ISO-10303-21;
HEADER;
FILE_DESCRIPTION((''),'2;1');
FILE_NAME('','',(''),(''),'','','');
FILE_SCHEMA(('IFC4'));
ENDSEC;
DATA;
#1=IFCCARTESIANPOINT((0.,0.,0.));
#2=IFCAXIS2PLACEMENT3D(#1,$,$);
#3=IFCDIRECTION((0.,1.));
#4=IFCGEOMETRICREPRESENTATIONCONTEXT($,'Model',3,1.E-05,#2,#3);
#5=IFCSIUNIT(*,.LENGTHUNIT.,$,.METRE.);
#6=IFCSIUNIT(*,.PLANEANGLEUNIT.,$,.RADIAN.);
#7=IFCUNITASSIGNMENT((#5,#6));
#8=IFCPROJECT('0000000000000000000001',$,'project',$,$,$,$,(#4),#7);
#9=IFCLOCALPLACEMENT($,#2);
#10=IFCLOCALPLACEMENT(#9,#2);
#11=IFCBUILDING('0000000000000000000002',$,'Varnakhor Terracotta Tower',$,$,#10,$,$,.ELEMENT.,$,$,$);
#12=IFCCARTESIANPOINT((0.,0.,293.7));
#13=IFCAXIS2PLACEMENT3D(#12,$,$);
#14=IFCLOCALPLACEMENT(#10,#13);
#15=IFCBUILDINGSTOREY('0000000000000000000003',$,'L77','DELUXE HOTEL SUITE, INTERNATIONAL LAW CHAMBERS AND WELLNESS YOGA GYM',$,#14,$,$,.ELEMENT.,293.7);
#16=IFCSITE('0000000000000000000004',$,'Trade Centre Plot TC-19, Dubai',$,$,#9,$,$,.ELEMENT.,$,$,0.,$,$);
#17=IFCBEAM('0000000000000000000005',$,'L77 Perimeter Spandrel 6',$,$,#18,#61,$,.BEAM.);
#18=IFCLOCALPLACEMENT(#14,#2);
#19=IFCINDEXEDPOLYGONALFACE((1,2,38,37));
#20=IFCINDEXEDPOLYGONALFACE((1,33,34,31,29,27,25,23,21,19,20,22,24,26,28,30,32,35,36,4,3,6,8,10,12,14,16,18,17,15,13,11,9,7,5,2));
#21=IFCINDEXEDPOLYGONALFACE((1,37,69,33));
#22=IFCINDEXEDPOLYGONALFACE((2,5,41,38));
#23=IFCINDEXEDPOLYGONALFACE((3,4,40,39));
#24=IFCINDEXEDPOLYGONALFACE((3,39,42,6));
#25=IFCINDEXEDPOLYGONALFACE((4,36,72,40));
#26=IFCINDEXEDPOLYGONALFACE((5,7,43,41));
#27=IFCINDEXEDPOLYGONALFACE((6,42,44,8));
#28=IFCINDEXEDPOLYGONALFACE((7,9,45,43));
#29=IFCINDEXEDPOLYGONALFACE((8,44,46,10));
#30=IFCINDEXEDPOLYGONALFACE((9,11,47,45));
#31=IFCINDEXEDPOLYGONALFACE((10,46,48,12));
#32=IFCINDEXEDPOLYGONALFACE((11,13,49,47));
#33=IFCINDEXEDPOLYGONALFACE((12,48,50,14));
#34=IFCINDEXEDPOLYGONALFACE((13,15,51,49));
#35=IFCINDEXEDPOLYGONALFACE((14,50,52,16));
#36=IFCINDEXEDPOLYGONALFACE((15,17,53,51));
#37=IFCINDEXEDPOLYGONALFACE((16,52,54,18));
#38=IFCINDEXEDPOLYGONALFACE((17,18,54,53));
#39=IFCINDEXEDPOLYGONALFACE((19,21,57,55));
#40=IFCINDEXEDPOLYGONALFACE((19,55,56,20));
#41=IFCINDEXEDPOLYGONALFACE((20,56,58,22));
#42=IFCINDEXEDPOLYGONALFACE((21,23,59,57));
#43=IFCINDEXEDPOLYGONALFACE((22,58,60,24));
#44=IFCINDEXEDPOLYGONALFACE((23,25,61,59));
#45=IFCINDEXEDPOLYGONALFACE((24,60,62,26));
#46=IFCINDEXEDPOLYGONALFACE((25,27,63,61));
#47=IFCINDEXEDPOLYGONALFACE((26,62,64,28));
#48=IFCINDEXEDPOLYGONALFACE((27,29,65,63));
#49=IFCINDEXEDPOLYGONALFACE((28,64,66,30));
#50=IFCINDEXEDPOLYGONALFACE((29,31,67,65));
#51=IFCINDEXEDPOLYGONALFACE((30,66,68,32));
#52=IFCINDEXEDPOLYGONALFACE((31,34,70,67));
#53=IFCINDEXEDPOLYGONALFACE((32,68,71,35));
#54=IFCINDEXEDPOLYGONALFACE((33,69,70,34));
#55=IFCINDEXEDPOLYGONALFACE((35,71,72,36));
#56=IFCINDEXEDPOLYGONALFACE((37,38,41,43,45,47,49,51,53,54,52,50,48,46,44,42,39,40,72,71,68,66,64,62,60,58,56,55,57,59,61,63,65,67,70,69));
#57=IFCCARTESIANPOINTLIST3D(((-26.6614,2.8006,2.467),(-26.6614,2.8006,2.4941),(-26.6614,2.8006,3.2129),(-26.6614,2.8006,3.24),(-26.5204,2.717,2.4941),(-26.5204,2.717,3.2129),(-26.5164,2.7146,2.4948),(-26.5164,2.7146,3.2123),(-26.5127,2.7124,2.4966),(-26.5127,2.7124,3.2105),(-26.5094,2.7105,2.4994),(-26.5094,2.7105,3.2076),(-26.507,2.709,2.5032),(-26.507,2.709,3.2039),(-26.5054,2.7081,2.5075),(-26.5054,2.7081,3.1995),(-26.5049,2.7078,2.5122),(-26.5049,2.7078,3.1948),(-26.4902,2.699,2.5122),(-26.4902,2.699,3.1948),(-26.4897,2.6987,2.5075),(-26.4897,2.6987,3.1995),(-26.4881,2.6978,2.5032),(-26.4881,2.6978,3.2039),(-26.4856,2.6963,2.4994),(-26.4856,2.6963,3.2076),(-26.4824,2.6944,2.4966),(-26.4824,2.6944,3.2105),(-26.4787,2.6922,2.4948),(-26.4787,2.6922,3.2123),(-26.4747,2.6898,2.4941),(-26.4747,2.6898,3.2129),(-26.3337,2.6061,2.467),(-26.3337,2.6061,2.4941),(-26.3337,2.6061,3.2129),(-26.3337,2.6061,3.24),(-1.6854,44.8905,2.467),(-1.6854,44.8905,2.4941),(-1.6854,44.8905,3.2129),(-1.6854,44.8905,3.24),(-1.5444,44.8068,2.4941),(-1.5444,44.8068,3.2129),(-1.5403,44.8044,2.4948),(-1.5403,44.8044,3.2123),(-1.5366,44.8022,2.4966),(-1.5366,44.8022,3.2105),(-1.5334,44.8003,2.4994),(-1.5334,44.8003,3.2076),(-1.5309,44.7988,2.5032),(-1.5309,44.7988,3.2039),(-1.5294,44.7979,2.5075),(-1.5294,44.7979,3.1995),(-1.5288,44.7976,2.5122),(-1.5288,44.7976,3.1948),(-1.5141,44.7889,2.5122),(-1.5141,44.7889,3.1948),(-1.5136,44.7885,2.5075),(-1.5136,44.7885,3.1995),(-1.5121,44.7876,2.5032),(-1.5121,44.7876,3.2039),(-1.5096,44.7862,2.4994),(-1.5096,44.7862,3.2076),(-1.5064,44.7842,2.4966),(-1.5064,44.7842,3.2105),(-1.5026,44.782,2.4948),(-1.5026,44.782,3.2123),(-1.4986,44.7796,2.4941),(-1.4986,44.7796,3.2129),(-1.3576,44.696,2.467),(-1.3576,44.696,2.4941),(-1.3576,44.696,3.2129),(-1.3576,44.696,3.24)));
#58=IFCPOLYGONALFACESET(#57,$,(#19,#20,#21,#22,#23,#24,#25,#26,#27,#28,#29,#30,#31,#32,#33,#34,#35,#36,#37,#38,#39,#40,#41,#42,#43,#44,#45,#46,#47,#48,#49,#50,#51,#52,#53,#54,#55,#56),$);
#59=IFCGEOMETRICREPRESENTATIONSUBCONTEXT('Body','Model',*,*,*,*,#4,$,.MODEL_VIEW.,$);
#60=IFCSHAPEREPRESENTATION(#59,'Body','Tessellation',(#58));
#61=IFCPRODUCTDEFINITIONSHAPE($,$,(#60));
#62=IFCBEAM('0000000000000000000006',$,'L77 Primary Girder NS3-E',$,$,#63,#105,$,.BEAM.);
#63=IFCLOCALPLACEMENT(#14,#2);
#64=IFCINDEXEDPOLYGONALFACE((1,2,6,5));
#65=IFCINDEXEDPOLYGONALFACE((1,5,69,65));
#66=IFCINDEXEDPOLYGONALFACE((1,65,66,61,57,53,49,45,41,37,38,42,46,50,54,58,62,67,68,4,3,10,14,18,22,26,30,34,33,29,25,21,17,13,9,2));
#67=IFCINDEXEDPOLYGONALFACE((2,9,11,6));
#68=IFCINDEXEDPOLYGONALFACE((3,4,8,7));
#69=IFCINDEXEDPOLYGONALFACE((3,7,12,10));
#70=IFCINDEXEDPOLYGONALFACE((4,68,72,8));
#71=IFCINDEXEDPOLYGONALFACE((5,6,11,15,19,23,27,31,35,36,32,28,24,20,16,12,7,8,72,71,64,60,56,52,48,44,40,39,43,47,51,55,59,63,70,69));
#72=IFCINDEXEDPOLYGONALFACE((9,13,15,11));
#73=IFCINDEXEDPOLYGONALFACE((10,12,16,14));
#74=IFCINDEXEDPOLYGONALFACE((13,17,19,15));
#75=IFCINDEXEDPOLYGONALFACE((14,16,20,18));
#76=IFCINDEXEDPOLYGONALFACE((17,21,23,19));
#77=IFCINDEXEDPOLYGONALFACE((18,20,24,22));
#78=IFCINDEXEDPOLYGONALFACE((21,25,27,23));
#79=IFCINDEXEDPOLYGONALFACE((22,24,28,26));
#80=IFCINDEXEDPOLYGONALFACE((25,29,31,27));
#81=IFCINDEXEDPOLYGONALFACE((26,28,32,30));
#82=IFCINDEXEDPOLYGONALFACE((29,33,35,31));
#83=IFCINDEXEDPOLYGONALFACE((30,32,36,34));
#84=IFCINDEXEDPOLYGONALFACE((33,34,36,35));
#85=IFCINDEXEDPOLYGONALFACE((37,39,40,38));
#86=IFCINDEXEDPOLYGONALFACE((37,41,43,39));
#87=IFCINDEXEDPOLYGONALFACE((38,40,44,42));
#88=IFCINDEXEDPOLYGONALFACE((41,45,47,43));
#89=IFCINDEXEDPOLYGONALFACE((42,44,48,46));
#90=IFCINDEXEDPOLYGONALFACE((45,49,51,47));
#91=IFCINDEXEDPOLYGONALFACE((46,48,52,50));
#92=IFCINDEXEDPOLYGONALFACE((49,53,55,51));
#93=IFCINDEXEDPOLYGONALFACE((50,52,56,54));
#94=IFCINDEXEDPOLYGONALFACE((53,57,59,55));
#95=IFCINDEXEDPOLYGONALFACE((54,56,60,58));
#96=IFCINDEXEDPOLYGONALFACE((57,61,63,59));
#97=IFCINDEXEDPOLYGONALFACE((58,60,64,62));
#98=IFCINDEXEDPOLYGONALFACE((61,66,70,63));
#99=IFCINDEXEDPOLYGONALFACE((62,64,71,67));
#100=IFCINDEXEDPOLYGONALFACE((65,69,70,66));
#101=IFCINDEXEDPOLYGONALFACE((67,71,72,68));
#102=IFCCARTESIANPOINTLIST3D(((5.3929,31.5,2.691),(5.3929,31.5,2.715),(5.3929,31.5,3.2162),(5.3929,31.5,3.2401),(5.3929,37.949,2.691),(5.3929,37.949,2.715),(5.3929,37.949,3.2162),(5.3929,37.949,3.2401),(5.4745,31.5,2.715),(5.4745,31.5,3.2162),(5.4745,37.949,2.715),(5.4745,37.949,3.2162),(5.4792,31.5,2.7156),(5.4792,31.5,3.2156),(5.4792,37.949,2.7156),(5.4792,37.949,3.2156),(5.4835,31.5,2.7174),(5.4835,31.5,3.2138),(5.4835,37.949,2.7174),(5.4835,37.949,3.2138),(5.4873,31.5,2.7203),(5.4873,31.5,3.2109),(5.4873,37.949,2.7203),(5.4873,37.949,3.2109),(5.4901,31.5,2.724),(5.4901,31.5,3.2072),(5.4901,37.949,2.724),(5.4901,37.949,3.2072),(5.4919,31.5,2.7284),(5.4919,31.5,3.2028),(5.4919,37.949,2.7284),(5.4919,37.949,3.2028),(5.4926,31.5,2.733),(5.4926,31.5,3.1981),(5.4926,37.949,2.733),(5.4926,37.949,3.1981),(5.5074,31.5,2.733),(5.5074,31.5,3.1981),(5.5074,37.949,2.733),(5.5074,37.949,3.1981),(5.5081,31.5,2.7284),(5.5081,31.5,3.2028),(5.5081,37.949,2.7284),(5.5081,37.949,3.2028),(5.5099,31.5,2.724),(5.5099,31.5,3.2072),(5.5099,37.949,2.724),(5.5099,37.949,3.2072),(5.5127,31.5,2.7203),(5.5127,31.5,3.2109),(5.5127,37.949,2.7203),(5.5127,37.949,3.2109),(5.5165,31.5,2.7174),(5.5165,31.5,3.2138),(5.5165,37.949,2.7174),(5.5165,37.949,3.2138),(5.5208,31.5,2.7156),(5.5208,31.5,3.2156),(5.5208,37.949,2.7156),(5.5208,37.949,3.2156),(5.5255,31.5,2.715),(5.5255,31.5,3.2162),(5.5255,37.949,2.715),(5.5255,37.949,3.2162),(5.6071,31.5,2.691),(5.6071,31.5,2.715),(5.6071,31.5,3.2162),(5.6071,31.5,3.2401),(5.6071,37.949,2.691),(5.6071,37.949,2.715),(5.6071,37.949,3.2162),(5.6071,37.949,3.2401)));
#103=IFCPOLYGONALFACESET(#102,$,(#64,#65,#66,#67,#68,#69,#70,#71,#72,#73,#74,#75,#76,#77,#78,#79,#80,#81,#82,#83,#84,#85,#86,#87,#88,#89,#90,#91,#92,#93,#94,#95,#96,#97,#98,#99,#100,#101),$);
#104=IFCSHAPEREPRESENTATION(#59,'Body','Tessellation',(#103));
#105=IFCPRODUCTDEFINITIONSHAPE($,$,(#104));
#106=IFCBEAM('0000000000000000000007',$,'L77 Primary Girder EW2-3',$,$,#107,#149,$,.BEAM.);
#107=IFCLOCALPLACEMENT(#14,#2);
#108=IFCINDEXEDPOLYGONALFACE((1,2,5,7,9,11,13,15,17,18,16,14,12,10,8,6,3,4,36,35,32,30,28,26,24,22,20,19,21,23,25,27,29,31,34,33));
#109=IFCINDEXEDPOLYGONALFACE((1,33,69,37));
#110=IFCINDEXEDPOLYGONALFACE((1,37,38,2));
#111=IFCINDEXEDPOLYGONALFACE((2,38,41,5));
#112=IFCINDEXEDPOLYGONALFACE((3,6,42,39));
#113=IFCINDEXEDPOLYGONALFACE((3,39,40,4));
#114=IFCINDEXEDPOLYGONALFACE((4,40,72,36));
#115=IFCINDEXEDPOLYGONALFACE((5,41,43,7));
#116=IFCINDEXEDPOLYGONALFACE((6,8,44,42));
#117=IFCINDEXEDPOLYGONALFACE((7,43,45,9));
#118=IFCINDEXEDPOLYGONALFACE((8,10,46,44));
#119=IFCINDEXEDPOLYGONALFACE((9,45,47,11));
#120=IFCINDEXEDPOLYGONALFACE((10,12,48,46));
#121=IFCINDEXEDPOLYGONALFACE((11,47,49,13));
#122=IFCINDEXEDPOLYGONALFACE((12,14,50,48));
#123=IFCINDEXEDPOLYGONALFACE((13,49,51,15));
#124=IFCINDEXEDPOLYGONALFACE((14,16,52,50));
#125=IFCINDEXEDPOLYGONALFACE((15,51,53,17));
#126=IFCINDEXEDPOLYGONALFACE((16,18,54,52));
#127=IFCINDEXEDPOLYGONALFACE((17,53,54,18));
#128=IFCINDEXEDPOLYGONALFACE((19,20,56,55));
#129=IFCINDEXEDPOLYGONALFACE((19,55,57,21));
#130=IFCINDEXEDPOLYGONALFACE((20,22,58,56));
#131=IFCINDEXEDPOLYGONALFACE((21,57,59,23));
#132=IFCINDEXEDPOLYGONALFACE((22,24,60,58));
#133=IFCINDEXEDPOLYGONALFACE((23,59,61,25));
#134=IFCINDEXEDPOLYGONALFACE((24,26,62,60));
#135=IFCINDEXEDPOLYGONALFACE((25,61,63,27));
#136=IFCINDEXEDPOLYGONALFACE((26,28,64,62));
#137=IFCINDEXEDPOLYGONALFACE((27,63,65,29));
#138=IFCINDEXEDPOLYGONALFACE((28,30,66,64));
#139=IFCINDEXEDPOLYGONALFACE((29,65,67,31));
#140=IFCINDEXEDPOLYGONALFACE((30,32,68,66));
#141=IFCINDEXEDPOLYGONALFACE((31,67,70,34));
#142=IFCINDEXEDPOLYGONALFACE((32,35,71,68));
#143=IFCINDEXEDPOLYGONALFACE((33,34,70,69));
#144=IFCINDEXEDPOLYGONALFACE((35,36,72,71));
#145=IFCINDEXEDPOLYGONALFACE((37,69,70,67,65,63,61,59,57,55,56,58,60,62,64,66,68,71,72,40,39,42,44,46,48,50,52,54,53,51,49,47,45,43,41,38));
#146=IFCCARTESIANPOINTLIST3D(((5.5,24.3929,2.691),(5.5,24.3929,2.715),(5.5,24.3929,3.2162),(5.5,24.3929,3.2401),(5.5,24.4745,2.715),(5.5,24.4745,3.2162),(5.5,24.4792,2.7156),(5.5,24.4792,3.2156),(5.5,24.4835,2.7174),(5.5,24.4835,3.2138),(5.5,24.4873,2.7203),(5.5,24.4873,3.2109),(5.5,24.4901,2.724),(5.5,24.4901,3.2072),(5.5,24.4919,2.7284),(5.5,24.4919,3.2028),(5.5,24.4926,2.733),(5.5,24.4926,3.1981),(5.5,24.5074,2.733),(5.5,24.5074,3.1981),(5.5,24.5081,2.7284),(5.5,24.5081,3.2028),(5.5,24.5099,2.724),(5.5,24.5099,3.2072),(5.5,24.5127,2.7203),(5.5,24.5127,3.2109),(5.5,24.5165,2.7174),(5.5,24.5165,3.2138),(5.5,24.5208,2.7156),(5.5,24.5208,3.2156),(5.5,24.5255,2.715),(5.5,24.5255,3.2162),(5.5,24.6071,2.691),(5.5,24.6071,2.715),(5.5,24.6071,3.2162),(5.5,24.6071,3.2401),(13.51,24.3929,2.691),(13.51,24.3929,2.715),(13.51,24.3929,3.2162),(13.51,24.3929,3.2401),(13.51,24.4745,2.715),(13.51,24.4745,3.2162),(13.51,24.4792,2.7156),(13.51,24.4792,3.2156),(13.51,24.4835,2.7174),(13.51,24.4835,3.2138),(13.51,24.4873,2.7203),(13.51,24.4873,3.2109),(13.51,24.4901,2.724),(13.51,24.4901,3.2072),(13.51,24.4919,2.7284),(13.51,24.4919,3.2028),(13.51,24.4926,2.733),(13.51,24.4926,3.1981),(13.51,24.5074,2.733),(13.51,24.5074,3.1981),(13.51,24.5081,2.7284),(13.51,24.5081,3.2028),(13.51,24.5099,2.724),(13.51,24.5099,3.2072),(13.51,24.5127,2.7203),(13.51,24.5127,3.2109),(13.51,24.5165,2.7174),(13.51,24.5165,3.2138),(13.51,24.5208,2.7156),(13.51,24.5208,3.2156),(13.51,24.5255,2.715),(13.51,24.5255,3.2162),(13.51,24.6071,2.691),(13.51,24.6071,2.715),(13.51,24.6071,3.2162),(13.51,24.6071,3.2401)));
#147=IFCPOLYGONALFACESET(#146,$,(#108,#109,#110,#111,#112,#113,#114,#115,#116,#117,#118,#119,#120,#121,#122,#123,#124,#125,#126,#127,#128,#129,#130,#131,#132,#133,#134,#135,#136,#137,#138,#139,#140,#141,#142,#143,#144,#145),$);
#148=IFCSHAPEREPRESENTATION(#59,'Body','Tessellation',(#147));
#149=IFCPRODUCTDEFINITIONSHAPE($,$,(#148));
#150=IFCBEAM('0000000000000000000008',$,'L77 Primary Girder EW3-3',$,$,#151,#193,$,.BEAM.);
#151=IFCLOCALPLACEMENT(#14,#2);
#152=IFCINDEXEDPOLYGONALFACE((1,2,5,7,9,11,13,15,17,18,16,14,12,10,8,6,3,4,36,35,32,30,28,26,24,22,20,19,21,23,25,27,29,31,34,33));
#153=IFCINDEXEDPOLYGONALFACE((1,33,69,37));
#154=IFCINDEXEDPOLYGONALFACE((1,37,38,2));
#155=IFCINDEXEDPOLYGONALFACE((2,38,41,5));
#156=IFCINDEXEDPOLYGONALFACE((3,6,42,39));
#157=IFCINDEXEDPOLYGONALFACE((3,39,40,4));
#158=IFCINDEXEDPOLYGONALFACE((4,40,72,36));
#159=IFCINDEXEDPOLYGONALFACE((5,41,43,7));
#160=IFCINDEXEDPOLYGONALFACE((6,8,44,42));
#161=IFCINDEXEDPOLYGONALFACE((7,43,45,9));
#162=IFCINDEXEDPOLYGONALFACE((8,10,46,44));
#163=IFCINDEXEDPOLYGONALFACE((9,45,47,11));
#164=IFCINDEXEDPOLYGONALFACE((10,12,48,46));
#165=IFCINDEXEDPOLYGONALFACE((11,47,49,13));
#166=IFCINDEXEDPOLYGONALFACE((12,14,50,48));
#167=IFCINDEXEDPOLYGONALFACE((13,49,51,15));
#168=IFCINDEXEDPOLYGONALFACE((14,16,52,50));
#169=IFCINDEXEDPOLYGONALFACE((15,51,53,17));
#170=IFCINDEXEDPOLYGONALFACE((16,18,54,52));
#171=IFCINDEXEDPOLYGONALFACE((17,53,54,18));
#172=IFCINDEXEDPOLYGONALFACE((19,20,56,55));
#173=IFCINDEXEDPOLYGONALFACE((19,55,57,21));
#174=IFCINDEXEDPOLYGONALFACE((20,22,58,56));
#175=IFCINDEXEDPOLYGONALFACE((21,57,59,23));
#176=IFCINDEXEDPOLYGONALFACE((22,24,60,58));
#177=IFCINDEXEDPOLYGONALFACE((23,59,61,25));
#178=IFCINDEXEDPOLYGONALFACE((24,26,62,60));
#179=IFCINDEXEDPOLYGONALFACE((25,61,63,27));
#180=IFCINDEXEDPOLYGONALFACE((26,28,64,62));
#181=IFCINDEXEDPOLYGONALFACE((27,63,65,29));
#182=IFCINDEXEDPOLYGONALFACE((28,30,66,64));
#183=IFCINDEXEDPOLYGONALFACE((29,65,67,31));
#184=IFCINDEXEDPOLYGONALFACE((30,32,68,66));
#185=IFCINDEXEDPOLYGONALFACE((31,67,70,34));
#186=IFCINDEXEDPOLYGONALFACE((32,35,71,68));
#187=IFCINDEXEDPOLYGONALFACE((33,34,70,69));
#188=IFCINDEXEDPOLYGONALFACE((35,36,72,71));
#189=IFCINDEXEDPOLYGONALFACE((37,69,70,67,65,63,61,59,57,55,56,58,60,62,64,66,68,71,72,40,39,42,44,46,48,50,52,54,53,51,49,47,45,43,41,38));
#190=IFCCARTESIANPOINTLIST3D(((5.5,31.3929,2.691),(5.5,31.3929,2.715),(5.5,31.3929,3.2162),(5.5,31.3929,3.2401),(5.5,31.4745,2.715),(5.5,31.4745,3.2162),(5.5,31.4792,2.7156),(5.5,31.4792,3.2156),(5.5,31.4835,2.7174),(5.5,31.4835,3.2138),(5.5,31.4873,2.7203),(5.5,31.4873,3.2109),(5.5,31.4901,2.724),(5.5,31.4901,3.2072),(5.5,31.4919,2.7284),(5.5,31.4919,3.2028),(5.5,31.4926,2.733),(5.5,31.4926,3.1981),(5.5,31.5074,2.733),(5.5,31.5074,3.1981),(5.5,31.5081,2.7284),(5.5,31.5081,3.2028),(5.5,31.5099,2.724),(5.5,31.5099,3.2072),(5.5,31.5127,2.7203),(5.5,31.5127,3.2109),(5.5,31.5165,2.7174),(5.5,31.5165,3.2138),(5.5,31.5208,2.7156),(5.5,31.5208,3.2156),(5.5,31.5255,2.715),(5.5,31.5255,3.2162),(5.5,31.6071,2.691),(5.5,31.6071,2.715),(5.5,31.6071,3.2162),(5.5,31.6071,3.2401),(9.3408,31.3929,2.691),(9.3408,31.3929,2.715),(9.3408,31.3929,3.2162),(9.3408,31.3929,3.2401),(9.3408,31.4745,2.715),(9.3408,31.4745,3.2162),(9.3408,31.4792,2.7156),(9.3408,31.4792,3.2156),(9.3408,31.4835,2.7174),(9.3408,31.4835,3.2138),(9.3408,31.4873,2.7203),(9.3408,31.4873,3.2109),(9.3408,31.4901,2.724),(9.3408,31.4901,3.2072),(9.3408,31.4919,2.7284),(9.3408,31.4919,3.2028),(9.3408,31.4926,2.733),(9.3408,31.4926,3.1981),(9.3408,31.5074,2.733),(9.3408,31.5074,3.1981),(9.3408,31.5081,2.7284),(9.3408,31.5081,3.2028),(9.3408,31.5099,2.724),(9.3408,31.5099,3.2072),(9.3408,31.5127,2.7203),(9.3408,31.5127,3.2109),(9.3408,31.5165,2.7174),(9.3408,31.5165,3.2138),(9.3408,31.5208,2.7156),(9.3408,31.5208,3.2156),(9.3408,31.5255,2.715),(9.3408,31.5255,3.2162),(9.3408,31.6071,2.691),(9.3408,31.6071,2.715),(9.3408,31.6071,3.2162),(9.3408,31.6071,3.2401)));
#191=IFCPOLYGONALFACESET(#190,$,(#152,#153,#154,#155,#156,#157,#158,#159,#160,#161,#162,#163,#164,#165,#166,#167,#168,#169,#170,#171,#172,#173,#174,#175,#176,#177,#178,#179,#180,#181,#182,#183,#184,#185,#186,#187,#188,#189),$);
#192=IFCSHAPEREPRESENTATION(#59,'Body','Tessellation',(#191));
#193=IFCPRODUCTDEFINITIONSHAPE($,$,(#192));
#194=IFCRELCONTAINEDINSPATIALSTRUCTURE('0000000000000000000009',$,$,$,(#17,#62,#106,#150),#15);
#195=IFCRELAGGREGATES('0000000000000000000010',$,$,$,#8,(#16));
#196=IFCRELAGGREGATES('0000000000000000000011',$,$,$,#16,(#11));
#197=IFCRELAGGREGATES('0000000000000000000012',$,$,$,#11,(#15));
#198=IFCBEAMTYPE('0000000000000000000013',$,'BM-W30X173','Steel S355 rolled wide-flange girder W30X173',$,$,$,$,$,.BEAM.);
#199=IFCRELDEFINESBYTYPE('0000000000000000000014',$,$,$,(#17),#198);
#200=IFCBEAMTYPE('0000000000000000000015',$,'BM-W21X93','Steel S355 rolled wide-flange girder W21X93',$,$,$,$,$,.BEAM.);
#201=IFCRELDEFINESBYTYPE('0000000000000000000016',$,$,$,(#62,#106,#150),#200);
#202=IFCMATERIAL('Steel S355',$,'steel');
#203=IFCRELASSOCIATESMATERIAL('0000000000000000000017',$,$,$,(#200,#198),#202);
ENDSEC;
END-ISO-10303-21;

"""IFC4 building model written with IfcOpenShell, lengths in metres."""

from ifc_helpers import new_model, si_unit, direction, frame, origin, origin_2d, place, context, subcontext, project, spatial, i_section, extrude, source, transform, mapped, material, material_profile, profile_set, type_object, element, save


model = new_model("IFC4")

# Units and contexts
model_context = context("Model", 3, precision=1e-05, world=origin(), true_north=direction((0.0, 1.0)))
body_context = subcontext(model_context, "Body", "Model", "MODEL_VIEW")
ifc_project = project(units=[si_unit("LENGTHUNIT", "METRE"), si_unit("PLANEANGLEUNIT", "RADIAN")], contexts=[model_context])

# Site, building, storey
site_placement = place(None, origin())
site = spatial("IfcSite", under=ifc_project, at=site_placement, Name="Trade Centre Plot TC-19, Dubai", CompositionType="ELEMENT", RefElevation=0.0)
building_placement = place(site_placement, origin())
building = spatial("IfcBuilding", under=site, at=building_placement, Name="Varnakhor Terracotta Tower", CompositionType="ELEMENT")
storey_placement = place(building_placement, frame((0.0, 0.0, 293.7)))
storey = spatial("IfcBuildingStorey", under=building, at=storey_placement, Name="L77", Description="DELUXE HOTEL SUITE, INTERNATIONAL LAW CHAMBERS AND WELLNESS YOGA GYM", CompositionType="ELEMENT", Elevation=293.7)

# Shared definitions
ifc_material_1 = material(Name="Steel S355", Category="steel")

# Beams
ifc_material_profile_1 = material_profile(ifc_material_1, i_section(OverallWidth=0.2141, OverallDepth=0.5491, WebThickness=0.0149, FlangeThickness=0.0239, FilletRadius=0.0181, at=origin_2d()), Name="W21X93")
ifc_profile_set_1 = profile_set([ifc_material_profile_1], Name="Steel S355")
beam_type_1 = type_object("IfcBeamType", Name="BM-W21X93", Description="Steel S355 rolled wide-flange girder W21X93", PredefinedType="BEAM", material=ifc_profile_set_1)
ifc_material_profile_2 = material_profile(ifc_material_1, i_section(OverallWidth=0.3811, OverallDepth=0.7729, WebThickness=0.0171, FlangeThickness=0.0271, FilletRadius=0.0181, at=origin_2d()), Name="W30X173")
ifc_profile_set_2 = profile_set([ifc_material_profile_2], Name="Steel S355")
beam_type_2 = type_object("IfcBeamType", Name="BM-W30X173", Description="Steel S355 rolled wide-flange girder W30X173", PredefinedType="BEAM", material=ifc_profile_set_2)
shared_shape_1 = source(origin(), body_context, "Body", "SweptSolid", [
    extrude(i_section(OverallWidth=0.3811, OverallDepth=0.7729, WebThickness=0.0171, FlangeThickness=0.0271, FilletRadius=0.0181, at=origin_2d()), origin(), (0.0, 0.0, 1.0), 48.9424),
])
beam_1_placement = place(storey_placement, frame((-1.5215, 44.7932, 2.8535), z_axis=(-0.510316, -0.859987, 0.0), x_axis=(0.859987, -0.510316, 0.0)))
element("IfcBeam", 1, at=beam_1_placement, inside=storey, type_object=beam_type_2, Name="L77 Perimeter Spandrel 6", PredefinedType="BEAM", context=body_context, shape_type="MappedRepresentation", body=[
    mapped(shared_shape_1, transform((0.0, 0.0, 0.0), scale=1.0)),
])
shared_shape_2 = source(origin(), body_context, "Body", "SweptSolid", [
    extrude(i_section(OverallWidth=0.2141, OverallDepth=0.5491, WebThickness=0.0149, FlangeThickness=0.0239, FilletRadius=0.0181, at=origin_2d()), origin(), (0.0, 0.0, 1.0), 6.449),
])
beam_2_placement = place(storey_placement, frame((5.5, 31.5, 2.9656), z_axis=(0.0, 1.0, 0.0), x_axis=(-1.0, 0.0, 0.0)))
element("IfcBeam", 2, at=beam_2_placement, inside=storey, type_object=beam_type_1, Name="L77 Primary Girder NS3-E", PredefinedType="BEAM", context=body_context, shape_type="MappedRepresentation", body=[
    mapped(shared_shape_2, transform((0.0, 0.0, 0.0), scale=1.0)),
])
shared_shape_3 = source(origin(), body_context, "Body", "SweptSolid", [
    extrude(i_section(OverallWidth=0.2141, OverallDepth=0.5491, WebThickness=0.0149, FlangeThickness=0.0239, FilletRadius=0.0181, at=origin_2d()), origin(), (0.0, 0.0, 1.0), 8.01),
])
beam_3_placement = place(storey_placement, frame((5.5, 24.5, 2.9656), z_axis=(1.0, 0.0, 0.0), x_axis=(0.0, 1.0, 0.0)))
element("IfcBeam", 3, at=beam_3_placement, inside=storey, type_object=beam_type_1, Name="L77 Primary Girder EW2-3", PredefinedType="BEAM", context=body_context, shape_type="MappedRepresentation", body=[
    mapped(shared_shape_3, transform((0.0, 0.0, 0.0), scale=1.0)),
])
shared_shape_4 = source(origin(), body_context, "Body", "SweptSolid", [
    extrude(i_section(OverallWidth=0.2141, OverallDepth=0.5491, WebThickness=0.0149, FlangeThickness=0.0239, FilletRadius=0.0181, at=origin_2d()), origin(), (0.0, 0.0, 1.0), 3.8408),
])
beam_4_placement = place(storey_placement, frame((5.5, 31.5, 2.9656), z_axis=(1.0, 0.0, 0.0), x_axis=(0.0, 1.0, 0.0)))
element("IfcBeam", 4, at=beam_4_placement, inside=storey, type_object=beam_type_1, Name="L77 Primary Girder EW3-3", PredefinedType="BEAM", context=body_context, shape_type="MappedRepresentation", body=[
    mapped(shared_shape_4, transform((0.0, 0.0, 0.0), scale=1.0)),
])

save(model, "model.ifc")
